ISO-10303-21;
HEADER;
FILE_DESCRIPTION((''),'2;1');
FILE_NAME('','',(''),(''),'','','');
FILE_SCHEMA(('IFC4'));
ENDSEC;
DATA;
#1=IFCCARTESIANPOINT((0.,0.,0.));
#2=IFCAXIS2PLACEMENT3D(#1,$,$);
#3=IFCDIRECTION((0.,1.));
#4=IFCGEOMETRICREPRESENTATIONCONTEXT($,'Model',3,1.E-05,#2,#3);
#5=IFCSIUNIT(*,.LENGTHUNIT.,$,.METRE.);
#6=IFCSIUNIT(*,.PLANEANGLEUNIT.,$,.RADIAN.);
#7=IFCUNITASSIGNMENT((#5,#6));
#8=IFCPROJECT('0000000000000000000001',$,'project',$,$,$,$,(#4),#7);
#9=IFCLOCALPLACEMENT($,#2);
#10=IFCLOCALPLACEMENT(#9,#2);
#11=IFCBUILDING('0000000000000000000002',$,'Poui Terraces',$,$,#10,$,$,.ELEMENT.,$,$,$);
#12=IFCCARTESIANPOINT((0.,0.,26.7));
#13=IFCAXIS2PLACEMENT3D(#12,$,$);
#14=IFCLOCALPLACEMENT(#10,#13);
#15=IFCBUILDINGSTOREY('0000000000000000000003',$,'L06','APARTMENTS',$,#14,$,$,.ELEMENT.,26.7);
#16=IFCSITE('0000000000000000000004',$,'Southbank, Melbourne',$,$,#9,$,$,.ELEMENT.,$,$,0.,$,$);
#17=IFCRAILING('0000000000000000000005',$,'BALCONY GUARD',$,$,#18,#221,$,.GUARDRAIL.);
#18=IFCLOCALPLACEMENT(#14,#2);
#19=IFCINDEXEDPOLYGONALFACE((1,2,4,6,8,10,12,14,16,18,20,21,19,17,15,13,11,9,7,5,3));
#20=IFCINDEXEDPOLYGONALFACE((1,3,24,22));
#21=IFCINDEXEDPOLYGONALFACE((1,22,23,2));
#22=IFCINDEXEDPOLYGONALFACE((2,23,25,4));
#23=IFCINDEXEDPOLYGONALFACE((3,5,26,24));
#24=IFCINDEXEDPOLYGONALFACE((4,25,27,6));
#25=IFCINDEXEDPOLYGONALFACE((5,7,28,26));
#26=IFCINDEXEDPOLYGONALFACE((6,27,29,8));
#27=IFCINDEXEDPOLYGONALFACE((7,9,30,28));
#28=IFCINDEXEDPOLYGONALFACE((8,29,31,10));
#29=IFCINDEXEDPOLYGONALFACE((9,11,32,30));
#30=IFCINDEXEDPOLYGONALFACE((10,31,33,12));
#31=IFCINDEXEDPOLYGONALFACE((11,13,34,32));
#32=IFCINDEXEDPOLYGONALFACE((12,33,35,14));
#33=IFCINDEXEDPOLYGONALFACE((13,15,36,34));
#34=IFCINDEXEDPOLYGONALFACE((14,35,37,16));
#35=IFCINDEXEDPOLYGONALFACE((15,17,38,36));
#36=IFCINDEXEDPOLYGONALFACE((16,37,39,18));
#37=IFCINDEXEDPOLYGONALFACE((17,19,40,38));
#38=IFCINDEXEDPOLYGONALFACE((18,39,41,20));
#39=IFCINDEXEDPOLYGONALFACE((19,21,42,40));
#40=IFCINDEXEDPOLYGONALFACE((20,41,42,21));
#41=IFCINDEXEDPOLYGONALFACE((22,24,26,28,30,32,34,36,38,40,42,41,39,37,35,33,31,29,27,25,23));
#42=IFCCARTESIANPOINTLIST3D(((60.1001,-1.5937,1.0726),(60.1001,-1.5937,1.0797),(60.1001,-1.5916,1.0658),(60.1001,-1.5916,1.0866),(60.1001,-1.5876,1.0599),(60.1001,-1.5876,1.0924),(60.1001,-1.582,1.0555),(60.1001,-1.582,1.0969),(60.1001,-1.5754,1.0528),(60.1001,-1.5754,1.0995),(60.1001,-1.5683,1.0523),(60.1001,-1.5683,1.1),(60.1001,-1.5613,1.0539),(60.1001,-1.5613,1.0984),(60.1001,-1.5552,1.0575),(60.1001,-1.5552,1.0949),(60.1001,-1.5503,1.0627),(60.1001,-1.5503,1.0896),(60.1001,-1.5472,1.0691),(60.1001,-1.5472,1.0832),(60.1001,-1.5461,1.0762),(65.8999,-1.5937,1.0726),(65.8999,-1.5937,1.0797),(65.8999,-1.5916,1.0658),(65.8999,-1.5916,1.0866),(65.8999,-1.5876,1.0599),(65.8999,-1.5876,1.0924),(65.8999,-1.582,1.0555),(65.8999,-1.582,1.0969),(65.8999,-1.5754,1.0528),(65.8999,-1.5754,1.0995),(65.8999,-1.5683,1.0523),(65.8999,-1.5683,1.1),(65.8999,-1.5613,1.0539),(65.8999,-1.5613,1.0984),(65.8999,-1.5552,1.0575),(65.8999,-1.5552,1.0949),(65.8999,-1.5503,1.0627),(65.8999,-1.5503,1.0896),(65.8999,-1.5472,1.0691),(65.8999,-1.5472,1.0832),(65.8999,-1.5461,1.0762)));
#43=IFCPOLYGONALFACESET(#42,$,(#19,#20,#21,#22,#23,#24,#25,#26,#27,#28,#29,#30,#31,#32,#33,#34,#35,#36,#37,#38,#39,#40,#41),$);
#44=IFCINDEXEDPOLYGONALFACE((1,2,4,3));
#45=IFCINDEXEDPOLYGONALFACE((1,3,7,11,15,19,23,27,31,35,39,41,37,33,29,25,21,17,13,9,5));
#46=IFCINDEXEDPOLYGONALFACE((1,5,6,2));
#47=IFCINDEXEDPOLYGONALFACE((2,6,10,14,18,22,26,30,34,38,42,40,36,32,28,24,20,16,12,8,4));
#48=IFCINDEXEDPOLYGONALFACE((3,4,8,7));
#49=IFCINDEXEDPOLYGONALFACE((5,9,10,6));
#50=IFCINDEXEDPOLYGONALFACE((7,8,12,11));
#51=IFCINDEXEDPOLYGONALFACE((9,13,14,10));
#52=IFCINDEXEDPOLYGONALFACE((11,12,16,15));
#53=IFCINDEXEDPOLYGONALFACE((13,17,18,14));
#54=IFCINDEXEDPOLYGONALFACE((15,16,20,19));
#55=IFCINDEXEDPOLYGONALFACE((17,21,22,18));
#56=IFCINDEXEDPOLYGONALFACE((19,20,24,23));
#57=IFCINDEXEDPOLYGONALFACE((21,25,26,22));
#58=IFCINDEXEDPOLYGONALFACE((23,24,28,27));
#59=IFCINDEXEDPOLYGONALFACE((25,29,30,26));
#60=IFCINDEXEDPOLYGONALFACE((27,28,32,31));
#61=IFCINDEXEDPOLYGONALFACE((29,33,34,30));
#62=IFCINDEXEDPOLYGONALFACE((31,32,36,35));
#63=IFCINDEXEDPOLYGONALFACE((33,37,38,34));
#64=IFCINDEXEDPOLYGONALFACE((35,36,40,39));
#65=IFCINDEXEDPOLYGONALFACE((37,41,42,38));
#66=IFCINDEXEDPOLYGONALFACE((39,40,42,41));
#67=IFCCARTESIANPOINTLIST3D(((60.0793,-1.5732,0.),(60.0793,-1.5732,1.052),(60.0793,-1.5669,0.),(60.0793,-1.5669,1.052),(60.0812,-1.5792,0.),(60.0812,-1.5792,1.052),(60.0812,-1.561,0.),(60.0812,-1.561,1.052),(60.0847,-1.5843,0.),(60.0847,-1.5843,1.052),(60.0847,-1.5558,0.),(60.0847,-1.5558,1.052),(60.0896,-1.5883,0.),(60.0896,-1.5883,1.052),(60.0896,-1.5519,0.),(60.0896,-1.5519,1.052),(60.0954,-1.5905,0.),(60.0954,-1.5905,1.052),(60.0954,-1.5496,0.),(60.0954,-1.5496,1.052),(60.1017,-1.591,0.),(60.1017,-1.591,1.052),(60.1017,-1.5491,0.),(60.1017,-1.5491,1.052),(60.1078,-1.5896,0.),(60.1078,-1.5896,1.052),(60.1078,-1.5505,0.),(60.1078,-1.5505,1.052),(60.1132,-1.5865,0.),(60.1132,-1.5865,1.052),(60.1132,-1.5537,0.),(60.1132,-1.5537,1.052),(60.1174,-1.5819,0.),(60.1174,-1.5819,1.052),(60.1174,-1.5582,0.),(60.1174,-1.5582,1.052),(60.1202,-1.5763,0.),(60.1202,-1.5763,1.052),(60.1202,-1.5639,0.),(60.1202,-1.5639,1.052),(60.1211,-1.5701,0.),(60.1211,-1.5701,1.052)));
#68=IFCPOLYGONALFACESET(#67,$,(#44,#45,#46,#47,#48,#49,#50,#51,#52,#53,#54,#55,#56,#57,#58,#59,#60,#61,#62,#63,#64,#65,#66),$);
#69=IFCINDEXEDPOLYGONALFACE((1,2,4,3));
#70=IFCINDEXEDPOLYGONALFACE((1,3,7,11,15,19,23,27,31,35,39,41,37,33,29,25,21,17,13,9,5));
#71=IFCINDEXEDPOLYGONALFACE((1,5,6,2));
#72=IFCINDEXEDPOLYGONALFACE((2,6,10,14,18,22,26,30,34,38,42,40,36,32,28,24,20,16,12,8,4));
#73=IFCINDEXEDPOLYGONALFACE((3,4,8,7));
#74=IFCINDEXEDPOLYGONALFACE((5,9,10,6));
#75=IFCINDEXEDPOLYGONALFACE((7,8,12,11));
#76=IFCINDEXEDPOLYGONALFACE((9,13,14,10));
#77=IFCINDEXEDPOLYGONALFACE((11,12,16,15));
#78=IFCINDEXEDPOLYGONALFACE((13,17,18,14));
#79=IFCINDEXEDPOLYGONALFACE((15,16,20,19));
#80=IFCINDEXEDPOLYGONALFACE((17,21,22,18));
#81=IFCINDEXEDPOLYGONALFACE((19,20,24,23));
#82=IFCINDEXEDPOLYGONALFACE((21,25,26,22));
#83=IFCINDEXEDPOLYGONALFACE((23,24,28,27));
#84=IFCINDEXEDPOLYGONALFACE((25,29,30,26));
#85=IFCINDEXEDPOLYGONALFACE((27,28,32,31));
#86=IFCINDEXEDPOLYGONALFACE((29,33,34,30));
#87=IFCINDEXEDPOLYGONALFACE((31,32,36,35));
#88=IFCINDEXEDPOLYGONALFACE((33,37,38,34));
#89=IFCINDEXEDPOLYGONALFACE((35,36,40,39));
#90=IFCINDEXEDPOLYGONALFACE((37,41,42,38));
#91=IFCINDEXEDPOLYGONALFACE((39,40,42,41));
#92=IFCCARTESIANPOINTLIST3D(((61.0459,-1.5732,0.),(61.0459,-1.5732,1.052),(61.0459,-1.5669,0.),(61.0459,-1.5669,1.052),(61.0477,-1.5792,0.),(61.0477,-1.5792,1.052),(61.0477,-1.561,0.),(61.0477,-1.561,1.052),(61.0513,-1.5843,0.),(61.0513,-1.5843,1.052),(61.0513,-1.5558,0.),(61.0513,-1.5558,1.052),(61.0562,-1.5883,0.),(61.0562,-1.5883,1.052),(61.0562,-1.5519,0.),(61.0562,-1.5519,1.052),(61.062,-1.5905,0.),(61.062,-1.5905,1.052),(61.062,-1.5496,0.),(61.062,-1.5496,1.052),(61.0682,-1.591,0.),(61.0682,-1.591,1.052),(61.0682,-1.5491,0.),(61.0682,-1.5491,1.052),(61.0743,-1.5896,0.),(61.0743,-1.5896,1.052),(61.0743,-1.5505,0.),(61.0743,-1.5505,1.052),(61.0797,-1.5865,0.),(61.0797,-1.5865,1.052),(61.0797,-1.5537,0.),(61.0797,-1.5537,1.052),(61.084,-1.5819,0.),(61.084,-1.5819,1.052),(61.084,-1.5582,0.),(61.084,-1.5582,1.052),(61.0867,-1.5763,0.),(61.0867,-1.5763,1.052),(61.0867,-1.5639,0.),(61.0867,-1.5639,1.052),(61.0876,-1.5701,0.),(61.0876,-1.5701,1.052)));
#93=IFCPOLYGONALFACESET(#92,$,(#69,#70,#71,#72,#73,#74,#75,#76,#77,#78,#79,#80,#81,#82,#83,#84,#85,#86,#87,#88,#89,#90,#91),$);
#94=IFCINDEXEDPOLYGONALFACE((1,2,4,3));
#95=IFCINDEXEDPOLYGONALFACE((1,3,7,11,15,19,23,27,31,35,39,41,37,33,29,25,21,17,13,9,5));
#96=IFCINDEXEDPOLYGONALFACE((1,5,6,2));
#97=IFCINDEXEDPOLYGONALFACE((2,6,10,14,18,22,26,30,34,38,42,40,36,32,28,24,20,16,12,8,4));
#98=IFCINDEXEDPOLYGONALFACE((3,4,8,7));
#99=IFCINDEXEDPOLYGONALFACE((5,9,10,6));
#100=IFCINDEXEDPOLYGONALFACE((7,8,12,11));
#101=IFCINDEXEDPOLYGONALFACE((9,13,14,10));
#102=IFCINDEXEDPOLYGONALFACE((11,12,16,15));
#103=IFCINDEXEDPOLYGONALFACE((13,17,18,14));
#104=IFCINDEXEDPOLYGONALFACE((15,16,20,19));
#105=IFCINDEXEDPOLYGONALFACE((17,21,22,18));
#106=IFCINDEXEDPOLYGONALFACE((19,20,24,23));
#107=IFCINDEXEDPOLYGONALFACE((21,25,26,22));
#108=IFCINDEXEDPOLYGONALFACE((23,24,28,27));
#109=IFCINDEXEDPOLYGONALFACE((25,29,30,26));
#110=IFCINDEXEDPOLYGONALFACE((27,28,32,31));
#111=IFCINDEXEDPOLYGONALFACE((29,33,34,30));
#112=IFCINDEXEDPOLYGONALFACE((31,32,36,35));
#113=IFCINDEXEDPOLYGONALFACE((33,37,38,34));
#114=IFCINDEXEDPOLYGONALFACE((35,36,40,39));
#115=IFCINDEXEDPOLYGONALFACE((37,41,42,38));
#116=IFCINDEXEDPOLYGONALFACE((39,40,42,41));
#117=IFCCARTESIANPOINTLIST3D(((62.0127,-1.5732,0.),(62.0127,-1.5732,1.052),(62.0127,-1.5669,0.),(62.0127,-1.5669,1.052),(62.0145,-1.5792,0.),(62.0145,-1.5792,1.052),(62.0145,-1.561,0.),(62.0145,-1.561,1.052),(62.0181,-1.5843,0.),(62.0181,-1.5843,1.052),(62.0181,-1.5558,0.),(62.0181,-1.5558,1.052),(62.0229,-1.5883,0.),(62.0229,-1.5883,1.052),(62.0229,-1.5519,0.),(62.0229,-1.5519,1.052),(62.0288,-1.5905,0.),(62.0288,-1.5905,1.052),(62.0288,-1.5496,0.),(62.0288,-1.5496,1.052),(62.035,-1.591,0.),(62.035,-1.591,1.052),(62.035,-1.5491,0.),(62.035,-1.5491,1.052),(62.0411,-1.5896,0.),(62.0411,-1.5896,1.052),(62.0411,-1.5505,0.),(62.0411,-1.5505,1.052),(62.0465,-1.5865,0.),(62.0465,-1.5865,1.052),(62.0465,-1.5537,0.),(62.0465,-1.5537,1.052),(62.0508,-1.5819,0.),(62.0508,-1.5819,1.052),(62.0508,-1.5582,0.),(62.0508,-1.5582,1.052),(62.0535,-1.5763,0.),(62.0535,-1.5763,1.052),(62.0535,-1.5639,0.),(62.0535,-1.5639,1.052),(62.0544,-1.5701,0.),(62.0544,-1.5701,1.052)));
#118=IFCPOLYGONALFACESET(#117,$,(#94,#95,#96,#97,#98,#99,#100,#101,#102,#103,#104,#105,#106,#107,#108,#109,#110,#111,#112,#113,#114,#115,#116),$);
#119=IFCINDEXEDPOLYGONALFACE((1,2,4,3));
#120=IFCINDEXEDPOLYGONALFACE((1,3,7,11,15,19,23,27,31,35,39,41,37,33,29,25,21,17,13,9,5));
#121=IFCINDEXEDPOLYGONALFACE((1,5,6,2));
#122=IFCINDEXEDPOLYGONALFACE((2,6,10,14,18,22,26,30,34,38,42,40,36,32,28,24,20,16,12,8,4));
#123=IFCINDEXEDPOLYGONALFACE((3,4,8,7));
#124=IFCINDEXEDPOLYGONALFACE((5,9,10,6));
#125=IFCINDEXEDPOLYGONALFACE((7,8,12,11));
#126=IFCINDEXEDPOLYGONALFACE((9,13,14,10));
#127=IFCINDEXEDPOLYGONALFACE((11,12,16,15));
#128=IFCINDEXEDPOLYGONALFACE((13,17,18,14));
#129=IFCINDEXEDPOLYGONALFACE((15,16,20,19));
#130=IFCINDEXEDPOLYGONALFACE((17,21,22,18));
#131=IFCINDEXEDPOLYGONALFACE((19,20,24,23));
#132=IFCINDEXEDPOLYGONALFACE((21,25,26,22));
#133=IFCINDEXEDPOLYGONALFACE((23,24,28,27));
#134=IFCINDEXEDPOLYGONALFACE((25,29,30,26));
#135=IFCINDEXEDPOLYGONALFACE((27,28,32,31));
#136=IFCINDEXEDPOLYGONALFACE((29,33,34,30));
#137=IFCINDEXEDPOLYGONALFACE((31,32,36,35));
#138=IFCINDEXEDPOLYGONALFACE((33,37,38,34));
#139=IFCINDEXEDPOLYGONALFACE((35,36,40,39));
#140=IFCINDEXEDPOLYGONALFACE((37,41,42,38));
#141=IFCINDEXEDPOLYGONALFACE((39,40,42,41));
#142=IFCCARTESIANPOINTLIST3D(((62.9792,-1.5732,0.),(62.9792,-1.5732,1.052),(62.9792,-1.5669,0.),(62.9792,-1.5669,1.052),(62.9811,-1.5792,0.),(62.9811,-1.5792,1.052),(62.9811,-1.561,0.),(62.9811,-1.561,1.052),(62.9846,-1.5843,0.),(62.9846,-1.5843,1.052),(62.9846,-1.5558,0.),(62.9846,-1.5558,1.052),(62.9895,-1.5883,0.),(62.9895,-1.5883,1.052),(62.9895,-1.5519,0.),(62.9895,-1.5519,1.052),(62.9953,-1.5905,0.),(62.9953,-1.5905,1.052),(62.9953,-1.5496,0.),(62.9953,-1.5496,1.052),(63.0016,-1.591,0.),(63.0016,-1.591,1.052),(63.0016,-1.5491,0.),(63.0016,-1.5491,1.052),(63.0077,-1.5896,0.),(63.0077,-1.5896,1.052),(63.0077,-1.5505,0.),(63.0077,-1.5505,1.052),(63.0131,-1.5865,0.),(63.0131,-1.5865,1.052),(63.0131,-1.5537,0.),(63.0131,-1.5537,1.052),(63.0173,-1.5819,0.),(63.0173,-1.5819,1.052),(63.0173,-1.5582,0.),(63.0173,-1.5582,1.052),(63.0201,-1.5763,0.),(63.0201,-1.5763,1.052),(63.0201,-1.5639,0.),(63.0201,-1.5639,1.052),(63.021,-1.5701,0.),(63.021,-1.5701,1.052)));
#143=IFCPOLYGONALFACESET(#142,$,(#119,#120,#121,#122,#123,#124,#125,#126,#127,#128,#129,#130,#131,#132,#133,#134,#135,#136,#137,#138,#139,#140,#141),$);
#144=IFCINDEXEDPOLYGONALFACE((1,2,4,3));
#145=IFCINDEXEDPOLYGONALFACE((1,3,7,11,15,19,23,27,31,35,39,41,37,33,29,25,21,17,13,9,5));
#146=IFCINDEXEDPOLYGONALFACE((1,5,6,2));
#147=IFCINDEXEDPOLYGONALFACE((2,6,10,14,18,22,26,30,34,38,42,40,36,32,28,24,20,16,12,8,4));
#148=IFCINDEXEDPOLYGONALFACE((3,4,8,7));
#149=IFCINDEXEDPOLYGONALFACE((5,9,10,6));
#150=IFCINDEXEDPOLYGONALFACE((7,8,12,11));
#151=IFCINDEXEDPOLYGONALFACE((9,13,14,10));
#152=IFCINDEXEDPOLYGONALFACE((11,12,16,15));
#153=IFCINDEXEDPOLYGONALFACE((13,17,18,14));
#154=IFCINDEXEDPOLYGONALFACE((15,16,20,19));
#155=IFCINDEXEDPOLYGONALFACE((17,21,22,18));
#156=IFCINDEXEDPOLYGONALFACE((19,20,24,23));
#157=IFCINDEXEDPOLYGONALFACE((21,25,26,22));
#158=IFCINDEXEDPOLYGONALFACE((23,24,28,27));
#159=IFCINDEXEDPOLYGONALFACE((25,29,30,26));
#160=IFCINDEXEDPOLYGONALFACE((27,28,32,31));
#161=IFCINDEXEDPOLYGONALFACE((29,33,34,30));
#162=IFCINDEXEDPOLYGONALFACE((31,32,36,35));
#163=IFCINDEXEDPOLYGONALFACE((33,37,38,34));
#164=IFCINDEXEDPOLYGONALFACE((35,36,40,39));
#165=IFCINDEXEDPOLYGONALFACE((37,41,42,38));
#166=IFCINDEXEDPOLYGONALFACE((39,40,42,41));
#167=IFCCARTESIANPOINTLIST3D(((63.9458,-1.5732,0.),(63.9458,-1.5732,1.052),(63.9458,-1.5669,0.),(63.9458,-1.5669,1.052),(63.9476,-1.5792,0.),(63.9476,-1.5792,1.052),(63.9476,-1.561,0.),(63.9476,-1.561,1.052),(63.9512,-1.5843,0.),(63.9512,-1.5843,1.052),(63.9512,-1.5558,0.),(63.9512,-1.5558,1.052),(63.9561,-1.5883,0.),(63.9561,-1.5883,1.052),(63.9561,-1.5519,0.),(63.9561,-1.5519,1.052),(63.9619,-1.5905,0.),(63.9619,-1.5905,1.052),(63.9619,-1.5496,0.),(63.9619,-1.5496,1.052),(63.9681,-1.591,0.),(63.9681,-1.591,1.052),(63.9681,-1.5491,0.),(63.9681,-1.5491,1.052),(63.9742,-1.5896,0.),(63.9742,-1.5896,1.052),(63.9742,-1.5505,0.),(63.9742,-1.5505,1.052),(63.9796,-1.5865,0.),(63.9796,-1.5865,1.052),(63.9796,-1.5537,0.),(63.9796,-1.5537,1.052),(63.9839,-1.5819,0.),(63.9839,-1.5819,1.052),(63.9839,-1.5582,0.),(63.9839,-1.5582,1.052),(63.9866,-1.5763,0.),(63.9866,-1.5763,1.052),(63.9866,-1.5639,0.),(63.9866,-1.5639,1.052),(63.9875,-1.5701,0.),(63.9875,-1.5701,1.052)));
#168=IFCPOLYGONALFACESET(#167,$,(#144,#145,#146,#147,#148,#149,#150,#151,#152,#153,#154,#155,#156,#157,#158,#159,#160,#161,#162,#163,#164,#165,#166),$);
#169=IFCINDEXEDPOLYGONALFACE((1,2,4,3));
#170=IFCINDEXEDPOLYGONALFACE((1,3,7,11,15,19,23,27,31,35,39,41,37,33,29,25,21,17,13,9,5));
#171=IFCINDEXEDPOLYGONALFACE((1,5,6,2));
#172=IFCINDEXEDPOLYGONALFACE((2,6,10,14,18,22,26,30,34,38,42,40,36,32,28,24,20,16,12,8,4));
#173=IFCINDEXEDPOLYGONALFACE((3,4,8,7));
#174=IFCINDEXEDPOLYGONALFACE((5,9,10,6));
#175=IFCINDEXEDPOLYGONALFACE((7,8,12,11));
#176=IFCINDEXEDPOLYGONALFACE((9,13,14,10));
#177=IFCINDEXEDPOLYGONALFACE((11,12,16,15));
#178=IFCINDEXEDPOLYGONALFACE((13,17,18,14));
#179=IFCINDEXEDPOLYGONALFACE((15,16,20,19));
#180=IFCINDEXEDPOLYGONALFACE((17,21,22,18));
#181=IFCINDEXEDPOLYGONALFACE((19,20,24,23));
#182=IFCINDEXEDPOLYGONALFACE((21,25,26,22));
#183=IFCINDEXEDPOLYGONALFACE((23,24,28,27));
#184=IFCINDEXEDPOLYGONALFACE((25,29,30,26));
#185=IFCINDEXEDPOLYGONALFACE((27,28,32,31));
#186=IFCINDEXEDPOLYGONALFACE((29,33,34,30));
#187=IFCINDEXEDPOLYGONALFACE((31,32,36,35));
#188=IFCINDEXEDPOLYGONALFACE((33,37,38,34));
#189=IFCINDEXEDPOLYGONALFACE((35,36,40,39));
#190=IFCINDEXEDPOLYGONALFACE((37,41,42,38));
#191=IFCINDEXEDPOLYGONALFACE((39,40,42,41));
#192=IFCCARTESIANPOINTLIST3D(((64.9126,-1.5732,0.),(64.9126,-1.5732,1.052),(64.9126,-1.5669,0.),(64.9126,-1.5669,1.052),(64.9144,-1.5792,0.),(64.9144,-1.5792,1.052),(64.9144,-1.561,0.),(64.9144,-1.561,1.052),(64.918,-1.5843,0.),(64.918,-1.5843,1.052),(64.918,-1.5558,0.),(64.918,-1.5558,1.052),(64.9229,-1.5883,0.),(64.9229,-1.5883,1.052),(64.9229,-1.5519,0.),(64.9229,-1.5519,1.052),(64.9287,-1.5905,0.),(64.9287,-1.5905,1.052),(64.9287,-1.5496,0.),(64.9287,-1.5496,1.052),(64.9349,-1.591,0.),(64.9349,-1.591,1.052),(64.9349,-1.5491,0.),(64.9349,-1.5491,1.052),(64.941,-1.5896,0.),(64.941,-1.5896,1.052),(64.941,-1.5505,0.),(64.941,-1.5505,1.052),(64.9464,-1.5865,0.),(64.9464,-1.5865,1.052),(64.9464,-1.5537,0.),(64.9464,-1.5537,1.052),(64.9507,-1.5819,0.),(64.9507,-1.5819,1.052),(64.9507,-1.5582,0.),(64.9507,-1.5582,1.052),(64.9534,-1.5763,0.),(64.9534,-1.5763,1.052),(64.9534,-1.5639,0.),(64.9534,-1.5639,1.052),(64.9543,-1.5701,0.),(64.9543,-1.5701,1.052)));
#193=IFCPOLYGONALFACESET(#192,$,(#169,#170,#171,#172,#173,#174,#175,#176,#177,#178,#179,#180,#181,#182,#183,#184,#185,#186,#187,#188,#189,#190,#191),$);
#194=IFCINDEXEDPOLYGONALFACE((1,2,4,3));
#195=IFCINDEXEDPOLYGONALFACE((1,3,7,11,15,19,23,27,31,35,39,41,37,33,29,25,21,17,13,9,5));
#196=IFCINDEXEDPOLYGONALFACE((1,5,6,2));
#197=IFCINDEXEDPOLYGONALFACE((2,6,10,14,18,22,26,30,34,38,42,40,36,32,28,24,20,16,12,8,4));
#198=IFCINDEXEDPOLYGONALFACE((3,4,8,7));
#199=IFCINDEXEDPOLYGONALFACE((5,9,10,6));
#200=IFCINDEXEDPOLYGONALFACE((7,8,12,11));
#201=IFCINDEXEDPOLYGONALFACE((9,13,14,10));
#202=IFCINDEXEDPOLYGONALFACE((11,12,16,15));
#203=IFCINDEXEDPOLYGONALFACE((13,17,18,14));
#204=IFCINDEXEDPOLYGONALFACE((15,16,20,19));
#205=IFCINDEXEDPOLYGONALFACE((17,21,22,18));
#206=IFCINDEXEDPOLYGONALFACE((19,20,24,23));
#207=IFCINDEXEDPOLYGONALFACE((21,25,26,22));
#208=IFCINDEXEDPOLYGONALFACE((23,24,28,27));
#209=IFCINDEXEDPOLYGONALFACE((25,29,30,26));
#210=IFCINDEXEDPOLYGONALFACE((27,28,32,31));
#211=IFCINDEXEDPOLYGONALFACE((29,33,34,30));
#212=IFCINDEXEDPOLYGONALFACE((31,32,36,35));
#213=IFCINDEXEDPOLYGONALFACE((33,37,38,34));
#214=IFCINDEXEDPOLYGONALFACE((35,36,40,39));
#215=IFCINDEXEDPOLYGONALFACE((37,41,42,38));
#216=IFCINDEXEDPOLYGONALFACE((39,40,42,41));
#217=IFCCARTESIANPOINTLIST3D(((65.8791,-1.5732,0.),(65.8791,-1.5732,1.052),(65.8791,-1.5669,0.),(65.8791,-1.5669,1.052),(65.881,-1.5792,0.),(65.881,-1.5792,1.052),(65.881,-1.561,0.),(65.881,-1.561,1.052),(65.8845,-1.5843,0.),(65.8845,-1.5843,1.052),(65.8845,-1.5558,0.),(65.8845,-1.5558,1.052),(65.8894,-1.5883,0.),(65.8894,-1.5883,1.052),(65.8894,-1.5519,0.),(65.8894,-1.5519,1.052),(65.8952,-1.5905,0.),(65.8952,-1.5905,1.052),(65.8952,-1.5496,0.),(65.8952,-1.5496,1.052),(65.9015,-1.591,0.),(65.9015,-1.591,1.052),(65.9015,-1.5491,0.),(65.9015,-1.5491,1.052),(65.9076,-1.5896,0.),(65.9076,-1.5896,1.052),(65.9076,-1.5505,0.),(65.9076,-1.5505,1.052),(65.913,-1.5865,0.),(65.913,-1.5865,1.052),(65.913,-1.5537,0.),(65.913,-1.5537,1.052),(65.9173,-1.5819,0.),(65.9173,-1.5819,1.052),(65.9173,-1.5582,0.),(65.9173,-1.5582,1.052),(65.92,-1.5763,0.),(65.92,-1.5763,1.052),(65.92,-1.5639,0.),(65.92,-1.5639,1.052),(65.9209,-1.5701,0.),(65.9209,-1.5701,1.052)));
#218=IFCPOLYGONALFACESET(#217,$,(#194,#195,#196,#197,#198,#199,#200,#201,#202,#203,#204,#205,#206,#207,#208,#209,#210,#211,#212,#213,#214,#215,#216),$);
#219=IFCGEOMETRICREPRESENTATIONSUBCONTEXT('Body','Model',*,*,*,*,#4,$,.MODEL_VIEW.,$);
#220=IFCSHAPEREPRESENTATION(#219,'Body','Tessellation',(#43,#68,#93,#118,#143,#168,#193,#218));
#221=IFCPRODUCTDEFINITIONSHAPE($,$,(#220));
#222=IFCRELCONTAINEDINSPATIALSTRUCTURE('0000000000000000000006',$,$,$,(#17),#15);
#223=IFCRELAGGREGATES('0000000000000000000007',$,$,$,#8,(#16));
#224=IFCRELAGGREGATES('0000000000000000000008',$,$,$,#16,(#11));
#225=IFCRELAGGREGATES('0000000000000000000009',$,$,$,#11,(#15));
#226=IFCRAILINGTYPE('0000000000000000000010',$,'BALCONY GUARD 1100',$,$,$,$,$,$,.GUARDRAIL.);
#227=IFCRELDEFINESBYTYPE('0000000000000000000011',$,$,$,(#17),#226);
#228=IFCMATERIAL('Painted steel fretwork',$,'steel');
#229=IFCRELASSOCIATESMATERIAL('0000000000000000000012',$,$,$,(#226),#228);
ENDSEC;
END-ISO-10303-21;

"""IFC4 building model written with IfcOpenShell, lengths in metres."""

from ifc_helpers import new_model, si_unit, direction, frame, origin, origin_2d, place, context, subcontext, project, spatial, circle, extrude, material, type_object, element, save


model = new_model("IFC4")

# Units and contexts
model_context = context("Model", 3, precision=1e-05, world=origin(), true_north=direction((0.0, 1.0)))
body_context = subcontext(model_context, "Body", "Model", "MODEL_VIEW")
ifc_project = project(units=[si_unit("LENGTHUNIT", "METRE"), si_unit("PLANEANGLEUNIT", "RADIAN")], contexts=[model_context])

# Site, building, storey
site_placement = place(None, origin())
site = spatial("IfcSite", under=ifc_project, at=site_placement, Name="Southbank, Melbourne", CompositionType="ELEMENT", RefElevation=0.0)
building_placement = place(site_placement, origin())
building = spatial("IfcBuilding", under=site, at=building_placement, Name="Poui Terraces", CompositionType="ELEMENT")
storey_placement = place(building_placement, frame((0.0, 0.0, 26.7)))
storey = spatial("IfcBuildingStorey", under=building, at=storey_placement, Name="L06", Description="APARTMENTS", CompositionType="ELEMENT", Elevation=26.7)

# Railing
ifc_material_1 = material(Name="Painted steel fretwork", Category="steel")
railing_type = type_object("IfcRailingType", Name="BALCONY GUARD 1100", PredefinedType="GUARDRAIL", material=ifc_material_1)
railing_placement = place(storey_placement, frame((60.1001, -1.5701, 0.0)))
element("IfcRailing", 1, at=railing_placement, inside=storey, type_object=railing_type, Name="BALCONY GUARD", PredefinedType="GUARDRAIL", context=body_context, shape_type="SweptSolid", body=[
    extrude(circle(Radius=0.0239, at=origin_2d()), frame((0.0, 0.0, 1.0762), z_axis=(1.0, 0.0, 0.0), x_axis=(0.0, 1.0, 0.0)), (0.0, 0.0, 1.0), 5.7998),
    extrude(circle(Radius=0.021, at=origin_2d()), origin(), (0.0, 0.0, 1.0), 1.052),
    extrude(circle(Radius=0.021, at=origin_2d()), frame((0.9666, 0.0, 0.0)), (0.0, 0.0, 1.0), 1.052),
    extrude(circle(Radius=0.021, at=origin_2d()), frame((1.9333, 0.0, 0.0)), (0.0, 0.0, 1.0), 1.052),
    extrude(circle(Radius=0.021, at=origin_2d()), frame((2.8999, 0.0, 0.0)), (0.0, 0.0, 1.0), 1.052),
    extrude(circle(Radius=0.021, at=origin_2d()), frame((3.8665, 0.0, 0.0)), (0.0, 0.0, 1.0), 1.052),
    extrude(circle(Radius=0.021, at=origin_2d()), frame((4.8333, 0.0, 0.0)), (0.0, 0.0, 1.0), 1.052),
    extrude(circle(Radius=0.021, at=origin_2d()), frame((5.7998, 0.0, 0.0)), (0.0, 0.0, 1.0), 1.052),
])

save(model, "model.ifc")
